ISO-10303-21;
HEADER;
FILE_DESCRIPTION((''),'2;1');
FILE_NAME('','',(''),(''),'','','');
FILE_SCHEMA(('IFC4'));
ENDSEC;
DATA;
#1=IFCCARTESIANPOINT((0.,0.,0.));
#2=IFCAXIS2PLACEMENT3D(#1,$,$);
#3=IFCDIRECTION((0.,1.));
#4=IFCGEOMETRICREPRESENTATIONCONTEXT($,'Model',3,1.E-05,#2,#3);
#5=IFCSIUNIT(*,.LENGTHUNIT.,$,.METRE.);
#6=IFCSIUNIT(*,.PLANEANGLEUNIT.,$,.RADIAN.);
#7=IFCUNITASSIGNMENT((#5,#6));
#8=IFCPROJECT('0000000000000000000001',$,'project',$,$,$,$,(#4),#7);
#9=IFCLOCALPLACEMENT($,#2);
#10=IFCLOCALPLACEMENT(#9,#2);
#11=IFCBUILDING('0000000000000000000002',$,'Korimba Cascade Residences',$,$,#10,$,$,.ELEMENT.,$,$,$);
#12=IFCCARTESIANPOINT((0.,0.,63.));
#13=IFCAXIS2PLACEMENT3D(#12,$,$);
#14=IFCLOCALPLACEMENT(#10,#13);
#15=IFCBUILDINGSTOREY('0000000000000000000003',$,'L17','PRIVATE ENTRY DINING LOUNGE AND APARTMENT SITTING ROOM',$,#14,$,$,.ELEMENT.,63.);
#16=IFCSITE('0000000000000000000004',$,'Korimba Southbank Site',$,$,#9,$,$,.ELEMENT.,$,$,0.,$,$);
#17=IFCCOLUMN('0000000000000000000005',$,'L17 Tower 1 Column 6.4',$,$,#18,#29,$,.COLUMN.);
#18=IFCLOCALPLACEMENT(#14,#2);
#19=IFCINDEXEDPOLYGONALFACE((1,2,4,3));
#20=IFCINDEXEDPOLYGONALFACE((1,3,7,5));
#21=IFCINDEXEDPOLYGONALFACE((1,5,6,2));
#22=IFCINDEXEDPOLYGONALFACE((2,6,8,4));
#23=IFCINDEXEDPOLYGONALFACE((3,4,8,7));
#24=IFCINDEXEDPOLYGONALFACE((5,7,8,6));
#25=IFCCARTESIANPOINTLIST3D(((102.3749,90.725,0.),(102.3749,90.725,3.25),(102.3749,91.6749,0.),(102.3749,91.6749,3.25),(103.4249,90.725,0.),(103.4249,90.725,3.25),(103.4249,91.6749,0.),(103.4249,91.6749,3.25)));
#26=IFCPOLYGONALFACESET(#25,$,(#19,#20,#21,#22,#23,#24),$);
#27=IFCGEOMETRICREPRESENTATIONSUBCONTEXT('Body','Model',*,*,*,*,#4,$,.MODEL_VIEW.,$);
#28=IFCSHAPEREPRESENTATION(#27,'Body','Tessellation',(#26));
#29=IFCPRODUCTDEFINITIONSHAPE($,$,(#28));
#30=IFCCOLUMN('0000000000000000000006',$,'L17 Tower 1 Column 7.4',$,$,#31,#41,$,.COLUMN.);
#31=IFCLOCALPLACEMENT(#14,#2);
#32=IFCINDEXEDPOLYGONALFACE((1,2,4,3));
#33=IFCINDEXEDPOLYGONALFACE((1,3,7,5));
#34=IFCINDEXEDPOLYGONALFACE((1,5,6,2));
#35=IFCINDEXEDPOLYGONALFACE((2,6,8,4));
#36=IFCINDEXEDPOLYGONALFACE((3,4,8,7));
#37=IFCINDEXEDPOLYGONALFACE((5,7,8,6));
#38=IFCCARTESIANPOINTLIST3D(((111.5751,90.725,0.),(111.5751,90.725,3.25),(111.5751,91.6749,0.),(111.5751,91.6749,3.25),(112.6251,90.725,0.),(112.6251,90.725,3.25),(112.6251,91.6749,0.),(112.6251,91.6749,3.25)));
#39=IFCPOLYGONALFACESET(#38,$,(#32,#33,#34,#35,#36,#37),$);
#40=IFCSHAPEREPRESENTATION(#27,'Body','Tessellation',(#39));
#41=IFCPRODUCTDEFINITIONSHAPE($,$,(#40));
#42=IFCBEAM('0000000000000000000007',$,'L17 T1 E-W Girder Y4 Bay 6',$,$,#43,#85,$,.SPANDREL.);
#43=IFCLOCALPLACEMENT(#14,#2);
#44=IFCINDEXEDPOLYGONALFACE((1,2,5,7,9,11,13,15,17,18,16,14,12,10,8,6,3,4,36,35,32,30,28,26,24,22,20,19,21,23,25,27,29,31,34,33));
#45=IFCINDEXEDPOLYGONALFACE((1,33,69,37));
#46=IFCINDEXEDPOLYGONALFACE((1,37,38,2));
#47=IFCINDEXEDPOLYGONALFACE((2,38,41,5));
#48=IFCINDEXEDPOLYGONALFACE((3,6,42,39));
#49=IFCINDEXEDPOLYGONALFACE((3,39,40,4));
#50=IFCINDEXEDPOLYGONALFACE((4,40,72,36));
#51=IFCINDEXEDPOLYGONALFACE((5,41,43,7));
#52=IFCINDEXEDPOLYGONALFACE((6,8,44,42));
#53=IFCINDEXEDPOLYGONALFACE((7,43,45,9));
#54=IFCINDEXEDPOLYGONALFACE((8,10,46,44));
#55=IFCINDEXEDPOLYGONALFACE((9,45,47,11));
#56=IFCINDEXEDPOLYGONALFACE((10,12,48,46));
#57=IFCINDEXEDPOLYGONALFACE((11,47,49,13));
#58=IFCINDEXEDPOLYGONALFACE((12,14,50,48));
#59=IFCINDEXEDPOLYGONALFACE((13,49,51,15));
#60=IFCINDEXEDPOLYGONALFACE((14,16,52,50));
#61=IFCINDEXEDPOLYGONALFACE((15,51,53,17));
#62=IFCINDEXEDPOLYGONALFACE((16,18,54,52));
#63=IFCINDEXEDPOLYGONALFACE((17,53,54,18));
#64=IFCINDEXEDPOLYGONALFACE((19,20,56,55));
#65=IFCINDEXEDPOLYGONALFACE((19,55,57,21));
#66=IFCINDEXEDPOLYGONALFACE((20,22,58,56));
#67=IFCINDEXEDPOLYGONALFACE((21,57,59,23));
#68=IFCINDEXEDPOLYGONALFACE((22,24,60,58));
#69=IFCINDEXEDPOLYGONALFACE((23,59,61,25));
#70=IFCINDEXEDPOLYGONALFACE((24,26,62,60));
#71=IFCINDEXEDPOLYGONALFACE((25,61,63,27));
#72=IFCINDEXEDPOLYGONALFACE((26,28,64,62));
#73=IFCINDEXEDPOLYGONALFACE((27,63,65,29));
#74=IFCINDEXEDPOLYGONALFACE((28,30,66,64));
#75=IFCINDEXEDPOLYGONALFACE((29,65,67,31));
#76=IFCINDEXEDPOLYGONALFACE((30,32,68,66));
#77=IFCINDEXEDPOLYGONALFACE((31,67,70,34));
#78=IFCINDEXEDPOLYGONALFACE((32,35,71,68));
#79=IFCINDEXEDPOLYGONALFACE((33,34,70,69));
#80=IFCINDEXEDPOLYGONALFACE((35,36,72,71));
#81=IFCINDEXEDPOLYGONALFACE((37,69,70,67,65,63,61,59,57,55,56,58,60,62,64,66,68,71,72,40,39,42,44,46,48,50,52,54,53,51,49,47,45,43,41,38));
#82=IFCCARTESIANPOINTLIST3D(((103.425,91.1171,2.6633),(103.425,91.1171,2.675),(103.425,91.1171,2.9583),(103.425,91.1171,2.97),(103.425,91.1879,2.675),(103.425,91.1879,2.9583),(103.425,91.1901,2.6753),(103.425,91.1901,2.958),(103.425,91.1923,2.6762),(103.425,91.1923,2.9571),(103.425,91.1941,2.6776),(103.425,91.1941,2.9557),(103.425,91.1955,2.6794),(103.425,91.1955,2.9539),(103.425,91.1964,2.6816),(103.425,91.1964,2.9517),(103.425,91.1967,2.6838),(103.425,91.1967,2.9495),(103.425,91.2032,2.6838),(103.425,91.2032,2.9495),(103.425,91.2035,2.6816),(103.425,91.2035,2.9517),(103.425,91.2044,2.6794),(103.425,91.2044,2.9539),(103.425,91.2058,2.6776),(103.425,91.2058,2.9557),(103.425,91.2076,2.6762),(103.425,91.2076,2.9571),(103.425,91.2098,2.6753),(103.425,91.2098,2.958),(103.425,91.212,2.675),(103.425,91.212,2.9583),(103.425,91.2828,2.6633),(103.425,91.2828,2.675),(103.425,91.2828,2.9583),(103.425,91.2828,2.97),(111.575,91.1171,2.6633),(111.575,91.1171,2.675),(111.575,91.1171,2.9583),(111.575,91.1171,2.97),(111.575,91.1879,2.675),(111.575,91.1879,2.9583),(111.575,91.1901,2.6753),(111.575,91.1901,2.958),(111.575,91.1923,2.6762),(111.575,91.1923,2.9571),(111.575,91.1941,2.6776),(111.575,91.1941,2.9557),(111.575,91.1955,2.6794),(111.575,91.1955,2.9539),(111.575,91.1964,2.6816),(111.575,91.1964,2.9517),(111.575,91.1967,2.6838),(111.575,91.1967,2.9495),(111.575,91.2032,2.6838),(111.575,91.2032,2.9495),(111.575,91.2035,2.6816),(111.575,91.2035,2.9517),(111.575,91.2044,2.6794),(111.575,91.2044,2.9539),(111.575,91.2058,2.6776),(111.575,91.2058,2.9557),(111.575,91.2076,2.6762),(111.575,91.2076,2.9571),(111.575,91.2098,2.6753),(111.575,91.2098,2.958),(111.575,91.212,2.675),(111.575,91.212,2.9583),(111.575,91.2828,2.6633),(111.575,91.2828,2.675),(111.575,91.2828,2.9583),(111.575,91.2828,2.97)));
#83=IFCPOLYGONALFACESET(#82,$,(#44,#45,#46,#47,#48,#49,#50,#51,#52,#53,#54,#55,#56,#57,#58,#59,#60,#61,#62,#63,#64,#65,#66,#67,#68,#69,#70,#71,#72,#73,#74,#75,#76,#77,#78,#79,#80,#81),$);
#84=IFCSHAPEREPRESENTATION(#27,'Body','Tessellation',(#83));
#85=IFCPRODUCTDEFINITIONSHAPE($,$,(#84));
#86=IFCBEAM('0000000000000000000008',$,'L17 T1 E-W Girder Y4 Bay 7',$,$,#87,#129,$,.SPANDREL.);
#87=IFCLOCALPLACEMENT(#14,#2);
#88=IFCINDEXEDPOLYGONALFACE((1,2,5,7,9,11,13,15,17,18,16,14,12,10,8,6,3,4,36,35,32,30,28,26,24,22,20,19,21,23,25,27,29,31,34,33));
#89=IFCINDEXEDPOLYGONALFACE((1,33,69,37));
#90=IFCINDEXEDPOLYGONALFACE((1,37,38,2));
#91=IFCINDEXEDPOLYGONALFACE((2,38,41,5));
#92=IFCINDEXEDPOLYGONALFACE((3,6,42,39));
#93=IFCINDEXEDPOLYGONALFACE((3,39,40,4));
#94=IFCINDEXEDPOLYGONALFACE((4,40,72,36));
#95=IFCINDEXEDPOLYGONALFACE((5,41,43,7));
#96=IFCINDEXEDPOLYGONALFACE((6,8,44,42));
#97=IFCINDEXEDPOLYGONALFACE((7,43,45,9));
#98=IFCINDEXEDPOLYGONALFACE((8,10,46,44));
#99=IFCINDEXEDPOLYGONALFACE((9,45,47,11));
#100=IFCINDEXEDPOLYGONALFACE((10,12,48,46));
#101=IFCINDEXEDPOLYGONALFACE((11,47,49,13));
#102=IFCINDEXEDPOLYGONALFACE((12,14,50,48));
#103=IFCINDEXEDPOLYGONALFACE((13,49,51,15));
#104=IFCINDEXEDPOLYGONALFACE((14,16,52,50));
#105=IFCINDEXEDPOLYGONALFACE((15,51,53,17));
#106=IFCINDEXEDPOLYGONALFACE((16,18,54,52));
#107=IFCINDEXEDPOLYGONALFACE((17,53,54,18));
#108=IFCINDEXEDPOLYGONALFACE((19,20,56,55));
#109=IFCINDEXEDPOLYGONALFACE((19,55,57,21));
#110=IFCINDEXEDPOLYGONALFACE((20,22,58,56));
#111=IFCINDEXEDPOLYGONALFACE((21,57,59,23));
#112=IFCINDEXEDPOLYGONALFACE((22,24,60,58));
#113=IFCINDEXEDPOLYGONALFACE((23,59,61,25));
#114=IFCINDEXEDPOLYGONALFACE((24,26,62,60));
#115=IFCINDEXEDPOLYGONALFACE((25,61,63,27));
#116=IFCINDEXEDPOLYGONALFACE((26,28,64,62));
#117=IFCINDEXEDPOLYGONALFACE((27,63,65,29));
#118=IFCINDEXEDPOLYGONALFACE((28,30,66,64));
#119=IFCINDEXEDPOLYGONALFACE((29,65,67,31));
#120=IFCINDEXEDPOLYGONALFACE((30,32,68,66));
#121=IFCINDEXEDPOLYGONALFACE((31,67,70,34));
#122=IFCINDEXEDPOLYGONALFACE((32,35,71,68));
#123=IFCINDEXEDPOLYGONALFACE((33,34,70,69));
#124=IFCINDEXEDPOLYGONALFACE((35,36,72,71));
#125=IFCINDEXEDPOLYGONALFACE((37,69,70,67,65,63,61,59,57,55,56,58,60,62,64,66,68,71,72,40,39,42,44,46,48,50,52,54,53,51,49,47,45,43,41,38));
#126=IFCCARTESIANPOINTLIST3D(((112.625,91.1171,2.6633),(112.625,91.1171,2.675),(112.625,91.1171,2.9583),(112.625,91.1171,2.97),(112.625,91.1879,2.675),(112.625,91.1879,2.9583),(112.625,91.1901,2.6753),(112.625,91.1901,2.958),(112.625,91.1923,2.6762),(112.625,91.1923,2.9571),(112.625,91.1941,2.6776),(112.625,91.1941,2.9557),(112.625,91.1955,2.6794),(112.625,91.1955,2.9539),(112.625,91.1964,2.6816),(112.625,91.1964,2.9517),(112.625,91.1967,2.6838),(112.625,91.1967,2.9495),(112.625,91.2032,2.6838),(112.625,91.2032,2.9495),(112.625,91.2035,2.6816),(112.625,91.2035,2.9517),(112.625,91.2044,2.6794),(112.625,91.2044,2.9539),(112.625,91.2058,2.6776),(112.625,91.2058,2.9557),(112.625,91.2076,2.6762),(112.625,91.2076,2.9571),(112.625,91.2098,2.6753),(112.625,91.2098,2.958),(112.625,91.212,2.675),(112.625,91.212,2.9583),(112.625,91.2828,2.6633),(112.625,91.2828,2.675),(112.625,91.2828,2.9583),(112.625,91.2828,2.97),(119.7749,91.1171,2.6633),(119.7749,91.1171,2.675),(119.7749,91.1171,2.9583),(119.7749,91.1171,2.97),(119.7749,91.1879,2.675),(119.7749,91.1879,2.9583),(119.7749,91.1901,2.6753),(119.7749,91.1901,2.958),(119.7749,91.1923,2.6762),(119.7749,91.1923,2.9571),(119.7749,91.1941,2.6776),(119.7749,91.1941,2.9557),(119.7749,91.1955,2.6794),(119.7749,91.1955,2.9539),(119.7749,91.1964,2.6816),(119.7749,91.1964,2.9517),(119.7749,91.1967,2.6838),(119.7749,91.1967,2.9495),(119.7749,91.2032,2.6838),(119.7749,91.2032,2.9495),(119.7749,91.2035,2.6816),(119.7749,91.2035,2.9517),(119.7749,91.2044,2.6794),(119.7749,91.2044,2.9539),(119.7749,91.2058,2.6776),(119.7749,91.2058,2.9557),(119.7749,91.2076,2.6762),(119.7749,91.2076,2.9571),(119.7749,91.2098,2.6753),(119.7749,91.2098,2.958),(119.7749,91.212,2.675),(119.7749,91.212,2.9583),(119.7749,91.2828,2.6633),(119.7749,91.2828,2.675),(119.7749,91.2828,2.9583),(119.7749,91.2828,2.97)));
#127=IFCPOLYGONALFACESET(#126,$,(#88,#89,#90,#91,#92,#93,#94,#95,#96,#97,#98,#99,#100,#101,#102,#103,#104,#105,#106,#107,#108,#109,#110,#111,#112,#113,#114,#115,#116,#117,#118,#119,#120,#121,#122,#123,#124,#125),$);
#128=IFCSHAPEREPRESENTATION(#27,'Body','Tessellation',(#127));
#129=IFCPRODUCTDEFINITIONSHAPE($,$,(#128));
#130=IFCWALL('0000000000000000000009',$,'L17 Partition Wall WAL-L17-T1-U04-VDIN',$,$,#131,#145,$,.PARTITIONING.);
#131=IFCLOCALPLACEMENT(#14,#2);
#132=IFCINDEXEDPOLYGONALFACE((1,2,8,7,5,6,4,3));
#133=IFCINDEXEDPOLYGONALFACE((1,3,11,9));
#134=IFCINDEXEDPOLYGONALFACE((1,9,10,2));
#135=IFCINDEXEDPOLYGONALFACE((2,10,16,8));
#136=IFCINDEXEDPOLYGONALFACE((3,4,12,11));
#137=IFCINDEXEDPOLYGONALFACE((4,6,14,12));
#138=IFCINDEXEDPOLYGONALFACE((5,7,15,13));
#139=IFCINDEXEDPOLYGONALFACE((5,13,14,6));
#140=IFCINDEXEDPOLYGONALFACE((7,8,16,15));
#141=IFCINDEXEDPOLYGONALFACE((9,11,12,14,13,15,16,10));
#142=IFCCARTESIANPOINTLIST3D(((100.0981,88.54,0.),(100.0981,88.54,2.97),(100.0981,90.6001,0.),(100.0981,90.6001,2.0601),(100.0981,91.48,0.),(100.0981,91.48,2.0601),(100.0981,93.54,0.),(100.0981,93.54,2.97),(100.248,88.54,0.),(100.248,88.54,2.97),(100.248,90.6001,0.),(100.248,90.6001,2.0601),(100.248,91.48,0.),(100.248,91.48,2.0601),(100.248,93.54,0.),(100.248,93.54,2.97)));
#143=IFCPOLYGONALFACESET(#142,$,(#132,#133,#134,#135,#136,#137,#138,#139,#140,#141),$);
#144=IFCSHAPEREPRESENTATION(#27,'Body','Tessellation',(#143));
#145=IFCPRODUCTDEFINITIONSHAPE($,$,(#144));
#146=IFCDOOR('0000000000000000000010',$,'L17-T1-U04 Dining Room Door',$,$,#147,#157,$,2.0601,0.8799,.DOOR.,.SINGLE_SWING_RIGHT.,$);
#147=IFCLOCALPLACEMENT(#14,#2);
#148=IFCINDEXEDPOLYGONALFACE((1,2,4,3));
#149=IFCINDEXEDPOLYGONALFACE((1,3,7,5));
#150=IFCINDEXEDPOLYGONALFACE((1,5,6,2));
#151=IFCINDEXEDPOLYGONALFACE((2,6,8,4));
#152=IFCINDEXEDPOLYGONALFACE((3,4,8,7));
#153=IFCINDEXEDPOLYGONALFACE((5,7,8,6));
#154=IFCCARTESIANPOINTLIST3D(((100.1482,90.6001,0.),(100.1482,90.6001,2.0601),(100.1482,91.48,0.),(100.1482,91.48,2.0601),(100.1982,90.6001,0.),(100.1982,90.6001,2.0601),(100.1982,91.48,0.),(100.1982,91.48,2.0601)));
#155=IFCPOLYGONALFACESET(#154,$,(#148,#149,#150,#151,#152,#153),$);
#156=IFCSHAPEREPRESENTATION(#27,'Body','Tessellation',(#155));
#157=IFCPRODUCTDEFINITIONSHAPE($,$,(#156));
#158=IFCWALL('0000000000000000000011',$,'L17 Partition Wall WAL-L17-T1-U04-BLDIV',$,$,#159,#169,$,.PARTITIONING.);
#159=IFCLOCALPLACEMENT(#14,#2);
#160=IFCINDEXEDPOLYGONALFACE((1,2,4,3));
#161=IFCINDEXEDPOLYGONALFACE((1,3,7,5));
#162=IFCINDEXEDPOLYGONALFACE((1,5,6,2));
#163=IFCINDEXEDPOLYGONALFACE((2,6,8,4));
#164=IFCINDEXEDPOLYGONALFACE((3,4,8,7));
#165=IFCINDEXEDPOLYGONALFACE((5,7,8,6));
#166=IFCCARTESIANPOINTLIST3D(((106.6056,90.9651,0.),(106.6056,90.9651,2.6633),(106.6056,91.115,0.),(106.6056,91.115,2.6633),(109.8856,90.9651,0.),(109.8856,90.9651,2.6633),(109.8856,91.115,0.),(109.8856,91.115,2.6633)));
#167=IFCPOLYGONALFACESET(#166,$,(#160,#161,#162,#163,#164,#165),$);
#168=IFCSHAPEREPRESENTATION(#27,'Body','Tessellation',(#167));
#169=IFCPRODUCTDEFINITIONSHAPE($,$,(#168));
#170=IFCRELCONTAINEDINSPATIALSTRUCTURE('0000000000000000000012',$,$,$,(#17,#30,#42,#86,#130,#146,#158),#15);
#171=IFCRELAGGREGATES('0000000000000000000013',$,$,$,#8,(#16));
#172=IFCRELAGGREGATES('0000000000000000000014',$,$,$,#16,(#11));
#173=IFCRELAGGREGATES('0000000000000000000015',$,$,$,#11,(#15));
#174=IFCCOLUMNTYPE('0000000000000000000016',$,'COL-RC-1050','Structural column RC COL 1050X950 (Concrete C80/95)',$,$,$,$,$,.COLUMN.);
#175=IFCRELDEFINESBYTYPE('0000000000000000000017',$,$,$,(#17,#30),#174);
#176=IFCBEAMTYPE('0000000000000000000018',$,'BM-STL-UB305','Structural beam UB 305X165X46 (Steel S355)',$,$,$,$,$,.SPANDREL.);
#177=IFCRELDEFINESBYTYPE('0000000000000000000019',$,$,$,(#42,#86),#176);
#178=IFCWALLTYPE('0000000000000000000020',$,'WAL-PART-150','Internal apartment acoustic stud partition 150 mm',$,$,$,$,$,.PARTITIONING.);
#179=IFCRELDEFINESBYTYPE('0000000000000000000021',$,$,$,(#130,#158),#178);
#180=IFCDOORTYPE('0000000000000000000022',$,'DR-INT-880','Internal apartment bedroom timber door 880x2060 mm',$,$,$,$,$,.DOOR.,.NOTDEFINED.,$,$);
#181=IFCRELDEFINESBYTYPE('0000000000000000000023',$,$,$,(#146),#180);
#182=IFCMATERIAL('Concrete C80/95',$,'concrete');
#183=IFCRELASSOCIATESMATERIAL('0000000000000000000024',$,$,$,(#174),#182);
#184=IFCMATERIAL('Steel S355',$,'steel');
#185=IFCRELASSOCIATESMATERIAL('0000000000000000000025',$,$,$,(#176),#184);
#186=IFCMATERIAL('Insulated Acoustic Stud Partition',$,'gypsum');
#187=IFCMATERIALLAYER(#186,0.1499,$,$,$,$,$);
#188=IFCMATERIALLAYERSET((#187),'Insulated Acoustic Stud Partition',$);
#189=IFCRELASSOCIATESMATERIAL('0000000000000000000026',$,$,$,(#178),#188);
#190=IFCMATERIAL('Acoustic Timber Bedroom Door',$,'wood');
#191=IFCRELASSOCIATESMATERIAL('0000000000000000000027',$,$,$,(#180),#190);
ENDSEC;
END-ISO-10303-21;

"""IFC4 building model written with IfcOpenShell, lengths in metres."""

from ifc_helpers import new_model, si_unit, direction, frame, frame_2d, origin, origin_2d, place, context, subcontext, project, spatial, rectangle, i_section, extrude, material, layer, layer_set, material_profile, profile_set, type_object, element, fill, save


model = new_model("IFC4")

# Units and contexts
model_context = context("Model", 3, precision=1e-05, world=origin(), true_north=direction((0.0, 1.0)))
body_context = subcontext(model_context, "Body", "Model", "MODEL_VIEW")
ifc_project = project(units=[si_unit("LENGTHUNIT", "METRE"), si_unit("PLANEANGLEUNIT", "RADIAN")], contexts=[model_context])

# Site, building, storey
site_placement = place(None, origin())
site = spatial("IfcSite", under=ifc_project, at=site_placement, Name="Korimba Southbank Site", CompositionType="ELEMENT", RefElevation=0.0)
building_placement = place(site_placement, origin())
building = spatial("IfcBuilding", under=site, at=building_placement, Name="Korimba Cascade Residences", CompositionType="ELEMENT")
storey_placement = place(building_placement, frame((0.0, 0.0, 63.0)))
storey = spatial("IfcBuildingStorey", under=building, at=storey_placement, Name="L17", Description="PRIVATE ENTRY DINING LOUNGE AND APARTMENT SITTING ROOM", CompositionType="ELEMENT", Elevation=63.0)

# Columns
ifc_material_1 = material(Name="Concrete C80/95", Category="concrete")
ifc_material_profile_1 = material_profile(ifc_material_1, rectangle(XDim=1.05, YDim=0.95, at=origin_2d()), Name="Concrete C80/95")
ifc_profile_set_1 = profile_set([ifc_material_profile_1], Name="Concrete C80/95")
column_type = type_object("IfcColumnType", Name="COL-RC-1050", Description="Structural column RC COL 1050X950 (Concrete C80/95)", PredefinedType="COLUMN", material=ifc_profile_set_1)
for number, where, z_axis, x_axis, name in (
    (1, (102.8999, 91.2, 0.0), (0.0, 0.0, 1.0), (1.0, 0.0, 0.0), "L17 Tower 1 Column 6.4"),
    (2, (112.1001, 91.2, 0.0), (0.0, 0.0, 1.0), (1.0, 0.0, 0.0), "L17 Tower 1 Column 7.4"),
):
    element("IfcColumn", number, at=place(storey_placement, frame(where, z_axis=z_axis, x_axis=x_axis)), inside=storey, type_object=column_type, Name=name, PredefinedType="COLUMN", context=body_context, shape_type="SweptSolid", body=[
        extrude(rectangle(XDim=1.05, YDim=0.95, at=origin_2d()), origin(), (0.0, 0.0, 1.0), 3.25),
    ])

# Beams
ifc_material_2 = material(Name="Steel S355", Category="steel")
ifc_material_profile_2 = material_profile(ifc_material_2, i_section(OverallWidth=0.1658, OverallDepth=0.3066, WebThickness=0.0066, FlangeThickness=0.0117, FilletRadius=0.0088, at=origin_2d()), Name="Steel S355")
ifc_profile_set_2 = profile_set([ifc_material_profile_2], Name="Steel S355")
beam_type = type_object("IfcBeamType", Name="BM-STL-UB305", Description="Structural beam UB 305X165X46 (Steel S355)", PredefinedType="SPANDREL", material=ifc_profile_set_2)
beam_1_placement = place(storey_placement, frame((103.425, 91.2, 2.8167), z_axis=(1.0, 0.0, 0.0), x_axis=(0.0, 1.0, 0.0)))
element("IfcBeam", 3, at=beam_1_placement, inside=storey, type_object=beam_type, Name="L17 T1 E-W Girder Y4 Bay 6", PredefinedType="SPANDREL", context=body_context, shape_type="SweptSolid", body=[
    extrude(i_section(OverallWidth=0.1658, OverallDepth=0.3066, WebThickness=0.0066, FlangeThickness=0.0117, FilletRadius=0.0088, at=origin_2d()), origin(), (0.0, 0.0, 1.0), 8.1499),
])
beam_2_placement = place(storey_placement, frame((112.625, 91.2, 2.8167), z_axis=(1.0, 0.0, 0.0), x_axis=(0.0, 1.0, 0.0)))
element("IfcBeam", 4, at=beam_2_placement, inside=storey, type_object=beam_type, Name="L17 T1 E-W Girder Y4 Bay 7", PredefinedType="SPANDREL", context=body_context, shape_type="SweptSolid", body=[
    extrude(i_section(OverallWidth=0.1658, OverallDepth=0.3066, WebThickness=0.0066, FlangeThickness=0.0117, FilletRadius=0.0088, at=origin_2d()), origin(), (0.0, 0.0, 1.0), 7.1499),
])

# Wall, opening, door
ifc_material_3 = material(Name="Insulated Acoustic Stud Partition", Category="gypsum")
ifc_layer = layer(ifc_material_3, 0.1499)
ifc_layer_set = layer_set([ifc_layer], Name="Insulated Acoustic Stud Partition")
wall_type = type_object("IfcWallType", Name="WAL-PART-150", Description="Internal apartment acoustic stud partition 150 mm", PredefinedType="PARTITIONING", material=ifc_layer_set)
wall_1_placement = place(storey_placement, frame((100.1731, 88.54, 0.0), z_axis=(0.0, 0.0, 1.0), x_axis=(0.0, 1.0, 0.0)))
wall_1 = element("IfcWall", 5, at=wall_1_placement, inside=storey, type_object=wall_type, Name="L17 Partition Wall WAL-L17-T1-U04-VDIN", PredefinedType="PARTITIONING", context=body_context, shape_type="SweptSolid", body=[
    extrude(rectangle(XDim=5.0, YDim=0.1499, at=frame_2d((2.5, 0.0))), origin(), (0.0, 0.0, 1.0), 2.97),
])
opening_1_placement = place(wall_1_placement, frame((2.0601, 0.0, 0.0)))
opening_1 = element("IfcOpeningElement", 6, at=opening_1_placement, cuts=wall_1, PredefinedType="OPENING", context=body_context, shape_type="SweptSolid", body=[
    extrude(rectangle(XDim=0.8799, YDim=2.0601, at=frame_2d((0.4399, 1.03))), frame((0.0, 0.085, 0.0), z_axis=(0.0, -1.0, 0.0), x_axis=(1.0, 0.0, 0.0)), (0.0, 0.0, 1.0), 0.1699),
])
ifc_material_4 = material(Name="Acoustic Timber Bedroom Door", Category="wood")
door_type_1 = type_object("IfcDoorType", Name="DR-INT-880", Description="Internal apartment bedroom timber door 880x2060 mm", OperationType="NOTDEFINED", PredefinedType="DOOR", material=ifc_material_4)
door_1_placement = place(opening_1_placement, origin())
door_1 = element("IfcDoor", 7, at=door_1_placement, inside=storey, type_object=door_type_1, Name="L17-T1-U04 Dining Room Door", OperationType="SINGLE_SWING_RIGHT", OverallHeight=2.0601, OverallWidth=0.8799, PredefinedType="DOOR", context=body_context, shape_type="SweptSolid", body=[
    extrude(rectangle(XDim=0.8799, YDim=2.0601, at=frame_2d((0.4399, 1.03))), frame((0.0, 0.0249, 0.0), z_axis=(0.0, -1.0, 0.0), x_axis=(1.0, 0.0, 0.0)), (0.0, 0.0, 1.0), 0.05),
])
fill(opening_1, door_1)

# Wall
wall_2_placement = place(storey_placement, frame((106.6055, 91.04, 0.0), z_axis=(0.0, 0.0, 1.0), x_axis=(1.0, 0.0, 0.0)))
element("IfcWall", 8, at=wall_2_placement, inside=storey, type_object=wall_type, Name="L17 Partition Wall WAL-L17-T1-U04-BLDIV", PredefinedType="PARTITIONING", context=body_context, shape_type="SweptSolid", body=[
    extrude(rectangle(XDim=3.28, YDim=0.1499, at=frame_2d((1.6401, 0.0))), origin(), (0.0, 0.0, 1.0), 2.6633),
])

save(model, "model.ifc")
